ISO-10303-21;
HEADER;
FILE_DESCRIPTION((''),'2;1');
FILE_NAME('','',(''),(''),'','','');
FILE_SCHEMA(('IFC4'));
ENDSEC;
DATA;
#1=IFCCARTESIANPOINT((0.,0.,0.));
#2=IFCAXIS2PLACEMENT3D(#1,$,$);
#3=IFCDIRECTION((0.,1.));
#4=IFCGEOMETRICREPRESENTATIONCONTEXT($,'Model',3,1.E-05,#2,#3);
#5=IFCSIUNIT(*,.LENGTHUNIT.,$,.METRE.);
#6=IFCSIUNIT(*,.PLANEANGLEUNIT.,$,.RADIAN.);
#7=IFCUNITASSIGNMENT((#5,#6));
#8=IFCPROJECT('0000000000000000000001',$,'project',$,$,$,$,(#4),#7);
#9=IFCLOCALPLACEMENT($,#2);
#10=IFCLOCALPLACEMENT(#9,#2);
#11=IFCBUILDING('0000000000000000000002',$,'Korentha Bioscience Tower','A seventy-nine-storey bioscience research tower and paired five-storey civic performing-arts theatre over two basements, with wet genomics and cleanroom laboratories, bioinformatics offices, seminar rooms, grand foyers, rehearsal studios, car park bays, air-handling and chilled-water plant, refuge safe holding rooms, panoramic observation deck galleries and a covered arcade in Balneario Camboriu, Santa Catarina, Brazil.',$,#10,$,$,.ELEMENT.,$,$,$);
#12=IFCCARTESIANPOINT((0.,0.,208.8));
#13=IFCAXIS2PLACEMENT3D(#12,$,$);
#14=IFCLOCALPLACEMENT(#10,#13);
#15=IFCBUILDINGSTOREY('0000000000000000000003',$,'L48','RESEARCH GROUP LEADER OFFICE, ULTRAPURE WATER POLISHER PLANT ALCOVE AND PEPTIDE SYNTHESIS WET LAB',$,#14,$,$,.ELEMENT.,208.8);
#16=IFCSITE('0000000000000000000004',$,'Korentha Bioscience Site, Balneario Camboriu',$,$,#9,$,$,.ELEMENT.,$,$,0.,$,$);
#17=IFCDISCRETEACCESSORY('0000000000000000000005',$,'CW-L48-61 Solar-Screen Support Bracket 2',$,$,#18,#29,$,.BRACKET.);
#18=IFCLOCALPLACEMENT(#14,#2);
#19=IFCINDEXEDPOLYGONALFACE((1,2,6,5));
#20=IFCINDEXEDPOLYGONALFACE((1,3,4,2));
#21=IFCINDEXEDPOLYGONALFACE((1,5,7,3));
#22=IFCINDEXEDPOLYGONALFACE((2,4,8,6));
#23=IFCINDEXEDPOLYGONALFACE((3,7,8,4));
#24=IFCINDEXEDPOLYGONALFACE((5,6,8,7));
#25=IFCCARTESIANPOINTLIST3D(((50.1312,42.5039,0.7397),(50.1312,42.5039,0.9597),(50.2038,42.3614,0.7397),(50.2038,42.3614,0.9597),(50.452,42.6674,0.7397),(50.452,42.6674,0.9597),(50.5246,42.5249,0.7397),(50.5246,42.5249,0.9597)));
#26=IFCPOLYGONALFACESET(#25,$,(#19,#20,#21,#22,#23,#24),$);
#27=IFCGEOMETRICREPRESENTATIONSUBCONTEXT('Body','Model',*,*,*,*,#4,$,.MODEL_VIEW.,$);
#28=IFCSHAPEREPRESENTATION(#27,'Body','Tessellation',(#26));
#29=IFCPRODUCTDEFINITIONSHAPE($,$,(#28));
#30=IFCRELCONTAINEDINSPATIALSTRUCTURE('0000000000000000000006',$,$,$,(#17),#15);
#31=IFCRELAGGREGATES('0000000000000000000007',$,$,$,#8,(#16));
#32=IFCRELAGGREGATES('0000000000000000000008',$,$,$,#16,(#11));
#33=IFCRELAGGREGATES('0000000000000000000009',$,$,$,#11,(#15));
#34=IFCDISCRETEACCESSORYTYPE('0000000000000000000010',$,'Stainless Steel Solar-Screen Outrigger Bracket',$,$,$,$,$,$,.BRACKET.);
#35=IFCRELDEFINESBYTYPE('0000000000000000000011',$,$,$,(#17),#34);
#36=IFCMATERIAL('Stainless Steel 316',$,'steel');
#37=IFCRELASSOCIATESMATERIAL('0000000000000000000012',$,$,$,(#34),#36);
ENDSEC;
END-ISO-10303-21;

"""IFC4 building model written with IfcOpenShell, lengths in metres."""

from ifc_helpers import new_model, si_unit, direction, frame, origin, origin_2d, place, context, subcontext, project, spatial, rectangle, extrude, material, type_object, element, save


model = new_model("IFC4")

# Units and contexts
model_context = context("Model", 3, precision=1e-05, world=origin(), true_north=direction((0.0, 1.0)))
body_context = subcontext(model_context, "Body", "Model", "MODEL_VIEW")
ifc_project = project(units=[si_unit("LENGTHUNIT", "METRE"), si_unit("PLANEANGLEUNIT", "RADIAN")], contexts=[model_context])

# Site, building, storey
site_placement = place(None, origin())
site = spatial("IfcSite", under=ifc_project, at=site_placement, Name="Korentha Bioscience Site, Balneario Camboriu", CompositionType="ELEMENT", RefElevation=0.0)
building_placement = place(site_placement, origin())
building = spatial("IfcBuilding", under=site, at=building_placement, Name="Korentha Bioscience Tower", Description="A seventy-nine-storey bioscience research tower and paired five-storey civic performing-arts theatre over two basements, with wet genomics and cleanroom laboratories, bioinformatics offices, seminar rooms, grand foyers, rehearsal studios, car park bays, air-handling and chilled-water plant, refuge safe holding rooms, panoramic observation deck galleries and a covered arcade in Balneario Camboriu, Santa Catarina, Brazil.", CompositionType="ELEMENT")
storey_placement = place(building_placement, frame((0.0, 0.0, 208.8)))
storey = spatial("IfcBuildingStorey", under=building, at=storey_placement, Name="L48", Description="RESEARCH GROUP LEADER OFFICE, ULTRAPURE WATER POLISHER PLANT ALCOVE AND PEPTIDE SYNTHESIS WET LAB", CompositionType="ELEMENT", Elevation=208.8)

# Discrete accessory
ifc_material_1 = material(Name="Stainless Steel 316", Category="steel")
discrete_accessory_type = type_object("IfcDiscreteAccessoryType", Name="Stainless Steel Solar-Screen Outrigger Bracket", PredefinedType="BRACKET", material=ifc_material_1)
for number, where, z_axis, x_axis, name in (
    (1, (50.3279, 42.5144, 0.7397), (0.0, 0.0, 1.0), (-0.454116, 0.890943, 0.0), "CW-L48-61 Solar-Screen Support Bracket 2"),
):
    element("IfcDiscreteAccessory", number, at=place(storey_placement, frame(where, z_axis=z_axis, x_axis=x_axis)), inside=storey, type_object=discrete_accessory_type, Name=name, PredefinedType="BRACKET", context=body_context, shape_type="SweptSolid", body=[
        extrude(rectangle(XDim=0.1599, YDim=0.3601, at=origin_2d()), origin(), (0.0, 0.0, 1.0), 0.22),
    ])

save(model, "model.ifc")
